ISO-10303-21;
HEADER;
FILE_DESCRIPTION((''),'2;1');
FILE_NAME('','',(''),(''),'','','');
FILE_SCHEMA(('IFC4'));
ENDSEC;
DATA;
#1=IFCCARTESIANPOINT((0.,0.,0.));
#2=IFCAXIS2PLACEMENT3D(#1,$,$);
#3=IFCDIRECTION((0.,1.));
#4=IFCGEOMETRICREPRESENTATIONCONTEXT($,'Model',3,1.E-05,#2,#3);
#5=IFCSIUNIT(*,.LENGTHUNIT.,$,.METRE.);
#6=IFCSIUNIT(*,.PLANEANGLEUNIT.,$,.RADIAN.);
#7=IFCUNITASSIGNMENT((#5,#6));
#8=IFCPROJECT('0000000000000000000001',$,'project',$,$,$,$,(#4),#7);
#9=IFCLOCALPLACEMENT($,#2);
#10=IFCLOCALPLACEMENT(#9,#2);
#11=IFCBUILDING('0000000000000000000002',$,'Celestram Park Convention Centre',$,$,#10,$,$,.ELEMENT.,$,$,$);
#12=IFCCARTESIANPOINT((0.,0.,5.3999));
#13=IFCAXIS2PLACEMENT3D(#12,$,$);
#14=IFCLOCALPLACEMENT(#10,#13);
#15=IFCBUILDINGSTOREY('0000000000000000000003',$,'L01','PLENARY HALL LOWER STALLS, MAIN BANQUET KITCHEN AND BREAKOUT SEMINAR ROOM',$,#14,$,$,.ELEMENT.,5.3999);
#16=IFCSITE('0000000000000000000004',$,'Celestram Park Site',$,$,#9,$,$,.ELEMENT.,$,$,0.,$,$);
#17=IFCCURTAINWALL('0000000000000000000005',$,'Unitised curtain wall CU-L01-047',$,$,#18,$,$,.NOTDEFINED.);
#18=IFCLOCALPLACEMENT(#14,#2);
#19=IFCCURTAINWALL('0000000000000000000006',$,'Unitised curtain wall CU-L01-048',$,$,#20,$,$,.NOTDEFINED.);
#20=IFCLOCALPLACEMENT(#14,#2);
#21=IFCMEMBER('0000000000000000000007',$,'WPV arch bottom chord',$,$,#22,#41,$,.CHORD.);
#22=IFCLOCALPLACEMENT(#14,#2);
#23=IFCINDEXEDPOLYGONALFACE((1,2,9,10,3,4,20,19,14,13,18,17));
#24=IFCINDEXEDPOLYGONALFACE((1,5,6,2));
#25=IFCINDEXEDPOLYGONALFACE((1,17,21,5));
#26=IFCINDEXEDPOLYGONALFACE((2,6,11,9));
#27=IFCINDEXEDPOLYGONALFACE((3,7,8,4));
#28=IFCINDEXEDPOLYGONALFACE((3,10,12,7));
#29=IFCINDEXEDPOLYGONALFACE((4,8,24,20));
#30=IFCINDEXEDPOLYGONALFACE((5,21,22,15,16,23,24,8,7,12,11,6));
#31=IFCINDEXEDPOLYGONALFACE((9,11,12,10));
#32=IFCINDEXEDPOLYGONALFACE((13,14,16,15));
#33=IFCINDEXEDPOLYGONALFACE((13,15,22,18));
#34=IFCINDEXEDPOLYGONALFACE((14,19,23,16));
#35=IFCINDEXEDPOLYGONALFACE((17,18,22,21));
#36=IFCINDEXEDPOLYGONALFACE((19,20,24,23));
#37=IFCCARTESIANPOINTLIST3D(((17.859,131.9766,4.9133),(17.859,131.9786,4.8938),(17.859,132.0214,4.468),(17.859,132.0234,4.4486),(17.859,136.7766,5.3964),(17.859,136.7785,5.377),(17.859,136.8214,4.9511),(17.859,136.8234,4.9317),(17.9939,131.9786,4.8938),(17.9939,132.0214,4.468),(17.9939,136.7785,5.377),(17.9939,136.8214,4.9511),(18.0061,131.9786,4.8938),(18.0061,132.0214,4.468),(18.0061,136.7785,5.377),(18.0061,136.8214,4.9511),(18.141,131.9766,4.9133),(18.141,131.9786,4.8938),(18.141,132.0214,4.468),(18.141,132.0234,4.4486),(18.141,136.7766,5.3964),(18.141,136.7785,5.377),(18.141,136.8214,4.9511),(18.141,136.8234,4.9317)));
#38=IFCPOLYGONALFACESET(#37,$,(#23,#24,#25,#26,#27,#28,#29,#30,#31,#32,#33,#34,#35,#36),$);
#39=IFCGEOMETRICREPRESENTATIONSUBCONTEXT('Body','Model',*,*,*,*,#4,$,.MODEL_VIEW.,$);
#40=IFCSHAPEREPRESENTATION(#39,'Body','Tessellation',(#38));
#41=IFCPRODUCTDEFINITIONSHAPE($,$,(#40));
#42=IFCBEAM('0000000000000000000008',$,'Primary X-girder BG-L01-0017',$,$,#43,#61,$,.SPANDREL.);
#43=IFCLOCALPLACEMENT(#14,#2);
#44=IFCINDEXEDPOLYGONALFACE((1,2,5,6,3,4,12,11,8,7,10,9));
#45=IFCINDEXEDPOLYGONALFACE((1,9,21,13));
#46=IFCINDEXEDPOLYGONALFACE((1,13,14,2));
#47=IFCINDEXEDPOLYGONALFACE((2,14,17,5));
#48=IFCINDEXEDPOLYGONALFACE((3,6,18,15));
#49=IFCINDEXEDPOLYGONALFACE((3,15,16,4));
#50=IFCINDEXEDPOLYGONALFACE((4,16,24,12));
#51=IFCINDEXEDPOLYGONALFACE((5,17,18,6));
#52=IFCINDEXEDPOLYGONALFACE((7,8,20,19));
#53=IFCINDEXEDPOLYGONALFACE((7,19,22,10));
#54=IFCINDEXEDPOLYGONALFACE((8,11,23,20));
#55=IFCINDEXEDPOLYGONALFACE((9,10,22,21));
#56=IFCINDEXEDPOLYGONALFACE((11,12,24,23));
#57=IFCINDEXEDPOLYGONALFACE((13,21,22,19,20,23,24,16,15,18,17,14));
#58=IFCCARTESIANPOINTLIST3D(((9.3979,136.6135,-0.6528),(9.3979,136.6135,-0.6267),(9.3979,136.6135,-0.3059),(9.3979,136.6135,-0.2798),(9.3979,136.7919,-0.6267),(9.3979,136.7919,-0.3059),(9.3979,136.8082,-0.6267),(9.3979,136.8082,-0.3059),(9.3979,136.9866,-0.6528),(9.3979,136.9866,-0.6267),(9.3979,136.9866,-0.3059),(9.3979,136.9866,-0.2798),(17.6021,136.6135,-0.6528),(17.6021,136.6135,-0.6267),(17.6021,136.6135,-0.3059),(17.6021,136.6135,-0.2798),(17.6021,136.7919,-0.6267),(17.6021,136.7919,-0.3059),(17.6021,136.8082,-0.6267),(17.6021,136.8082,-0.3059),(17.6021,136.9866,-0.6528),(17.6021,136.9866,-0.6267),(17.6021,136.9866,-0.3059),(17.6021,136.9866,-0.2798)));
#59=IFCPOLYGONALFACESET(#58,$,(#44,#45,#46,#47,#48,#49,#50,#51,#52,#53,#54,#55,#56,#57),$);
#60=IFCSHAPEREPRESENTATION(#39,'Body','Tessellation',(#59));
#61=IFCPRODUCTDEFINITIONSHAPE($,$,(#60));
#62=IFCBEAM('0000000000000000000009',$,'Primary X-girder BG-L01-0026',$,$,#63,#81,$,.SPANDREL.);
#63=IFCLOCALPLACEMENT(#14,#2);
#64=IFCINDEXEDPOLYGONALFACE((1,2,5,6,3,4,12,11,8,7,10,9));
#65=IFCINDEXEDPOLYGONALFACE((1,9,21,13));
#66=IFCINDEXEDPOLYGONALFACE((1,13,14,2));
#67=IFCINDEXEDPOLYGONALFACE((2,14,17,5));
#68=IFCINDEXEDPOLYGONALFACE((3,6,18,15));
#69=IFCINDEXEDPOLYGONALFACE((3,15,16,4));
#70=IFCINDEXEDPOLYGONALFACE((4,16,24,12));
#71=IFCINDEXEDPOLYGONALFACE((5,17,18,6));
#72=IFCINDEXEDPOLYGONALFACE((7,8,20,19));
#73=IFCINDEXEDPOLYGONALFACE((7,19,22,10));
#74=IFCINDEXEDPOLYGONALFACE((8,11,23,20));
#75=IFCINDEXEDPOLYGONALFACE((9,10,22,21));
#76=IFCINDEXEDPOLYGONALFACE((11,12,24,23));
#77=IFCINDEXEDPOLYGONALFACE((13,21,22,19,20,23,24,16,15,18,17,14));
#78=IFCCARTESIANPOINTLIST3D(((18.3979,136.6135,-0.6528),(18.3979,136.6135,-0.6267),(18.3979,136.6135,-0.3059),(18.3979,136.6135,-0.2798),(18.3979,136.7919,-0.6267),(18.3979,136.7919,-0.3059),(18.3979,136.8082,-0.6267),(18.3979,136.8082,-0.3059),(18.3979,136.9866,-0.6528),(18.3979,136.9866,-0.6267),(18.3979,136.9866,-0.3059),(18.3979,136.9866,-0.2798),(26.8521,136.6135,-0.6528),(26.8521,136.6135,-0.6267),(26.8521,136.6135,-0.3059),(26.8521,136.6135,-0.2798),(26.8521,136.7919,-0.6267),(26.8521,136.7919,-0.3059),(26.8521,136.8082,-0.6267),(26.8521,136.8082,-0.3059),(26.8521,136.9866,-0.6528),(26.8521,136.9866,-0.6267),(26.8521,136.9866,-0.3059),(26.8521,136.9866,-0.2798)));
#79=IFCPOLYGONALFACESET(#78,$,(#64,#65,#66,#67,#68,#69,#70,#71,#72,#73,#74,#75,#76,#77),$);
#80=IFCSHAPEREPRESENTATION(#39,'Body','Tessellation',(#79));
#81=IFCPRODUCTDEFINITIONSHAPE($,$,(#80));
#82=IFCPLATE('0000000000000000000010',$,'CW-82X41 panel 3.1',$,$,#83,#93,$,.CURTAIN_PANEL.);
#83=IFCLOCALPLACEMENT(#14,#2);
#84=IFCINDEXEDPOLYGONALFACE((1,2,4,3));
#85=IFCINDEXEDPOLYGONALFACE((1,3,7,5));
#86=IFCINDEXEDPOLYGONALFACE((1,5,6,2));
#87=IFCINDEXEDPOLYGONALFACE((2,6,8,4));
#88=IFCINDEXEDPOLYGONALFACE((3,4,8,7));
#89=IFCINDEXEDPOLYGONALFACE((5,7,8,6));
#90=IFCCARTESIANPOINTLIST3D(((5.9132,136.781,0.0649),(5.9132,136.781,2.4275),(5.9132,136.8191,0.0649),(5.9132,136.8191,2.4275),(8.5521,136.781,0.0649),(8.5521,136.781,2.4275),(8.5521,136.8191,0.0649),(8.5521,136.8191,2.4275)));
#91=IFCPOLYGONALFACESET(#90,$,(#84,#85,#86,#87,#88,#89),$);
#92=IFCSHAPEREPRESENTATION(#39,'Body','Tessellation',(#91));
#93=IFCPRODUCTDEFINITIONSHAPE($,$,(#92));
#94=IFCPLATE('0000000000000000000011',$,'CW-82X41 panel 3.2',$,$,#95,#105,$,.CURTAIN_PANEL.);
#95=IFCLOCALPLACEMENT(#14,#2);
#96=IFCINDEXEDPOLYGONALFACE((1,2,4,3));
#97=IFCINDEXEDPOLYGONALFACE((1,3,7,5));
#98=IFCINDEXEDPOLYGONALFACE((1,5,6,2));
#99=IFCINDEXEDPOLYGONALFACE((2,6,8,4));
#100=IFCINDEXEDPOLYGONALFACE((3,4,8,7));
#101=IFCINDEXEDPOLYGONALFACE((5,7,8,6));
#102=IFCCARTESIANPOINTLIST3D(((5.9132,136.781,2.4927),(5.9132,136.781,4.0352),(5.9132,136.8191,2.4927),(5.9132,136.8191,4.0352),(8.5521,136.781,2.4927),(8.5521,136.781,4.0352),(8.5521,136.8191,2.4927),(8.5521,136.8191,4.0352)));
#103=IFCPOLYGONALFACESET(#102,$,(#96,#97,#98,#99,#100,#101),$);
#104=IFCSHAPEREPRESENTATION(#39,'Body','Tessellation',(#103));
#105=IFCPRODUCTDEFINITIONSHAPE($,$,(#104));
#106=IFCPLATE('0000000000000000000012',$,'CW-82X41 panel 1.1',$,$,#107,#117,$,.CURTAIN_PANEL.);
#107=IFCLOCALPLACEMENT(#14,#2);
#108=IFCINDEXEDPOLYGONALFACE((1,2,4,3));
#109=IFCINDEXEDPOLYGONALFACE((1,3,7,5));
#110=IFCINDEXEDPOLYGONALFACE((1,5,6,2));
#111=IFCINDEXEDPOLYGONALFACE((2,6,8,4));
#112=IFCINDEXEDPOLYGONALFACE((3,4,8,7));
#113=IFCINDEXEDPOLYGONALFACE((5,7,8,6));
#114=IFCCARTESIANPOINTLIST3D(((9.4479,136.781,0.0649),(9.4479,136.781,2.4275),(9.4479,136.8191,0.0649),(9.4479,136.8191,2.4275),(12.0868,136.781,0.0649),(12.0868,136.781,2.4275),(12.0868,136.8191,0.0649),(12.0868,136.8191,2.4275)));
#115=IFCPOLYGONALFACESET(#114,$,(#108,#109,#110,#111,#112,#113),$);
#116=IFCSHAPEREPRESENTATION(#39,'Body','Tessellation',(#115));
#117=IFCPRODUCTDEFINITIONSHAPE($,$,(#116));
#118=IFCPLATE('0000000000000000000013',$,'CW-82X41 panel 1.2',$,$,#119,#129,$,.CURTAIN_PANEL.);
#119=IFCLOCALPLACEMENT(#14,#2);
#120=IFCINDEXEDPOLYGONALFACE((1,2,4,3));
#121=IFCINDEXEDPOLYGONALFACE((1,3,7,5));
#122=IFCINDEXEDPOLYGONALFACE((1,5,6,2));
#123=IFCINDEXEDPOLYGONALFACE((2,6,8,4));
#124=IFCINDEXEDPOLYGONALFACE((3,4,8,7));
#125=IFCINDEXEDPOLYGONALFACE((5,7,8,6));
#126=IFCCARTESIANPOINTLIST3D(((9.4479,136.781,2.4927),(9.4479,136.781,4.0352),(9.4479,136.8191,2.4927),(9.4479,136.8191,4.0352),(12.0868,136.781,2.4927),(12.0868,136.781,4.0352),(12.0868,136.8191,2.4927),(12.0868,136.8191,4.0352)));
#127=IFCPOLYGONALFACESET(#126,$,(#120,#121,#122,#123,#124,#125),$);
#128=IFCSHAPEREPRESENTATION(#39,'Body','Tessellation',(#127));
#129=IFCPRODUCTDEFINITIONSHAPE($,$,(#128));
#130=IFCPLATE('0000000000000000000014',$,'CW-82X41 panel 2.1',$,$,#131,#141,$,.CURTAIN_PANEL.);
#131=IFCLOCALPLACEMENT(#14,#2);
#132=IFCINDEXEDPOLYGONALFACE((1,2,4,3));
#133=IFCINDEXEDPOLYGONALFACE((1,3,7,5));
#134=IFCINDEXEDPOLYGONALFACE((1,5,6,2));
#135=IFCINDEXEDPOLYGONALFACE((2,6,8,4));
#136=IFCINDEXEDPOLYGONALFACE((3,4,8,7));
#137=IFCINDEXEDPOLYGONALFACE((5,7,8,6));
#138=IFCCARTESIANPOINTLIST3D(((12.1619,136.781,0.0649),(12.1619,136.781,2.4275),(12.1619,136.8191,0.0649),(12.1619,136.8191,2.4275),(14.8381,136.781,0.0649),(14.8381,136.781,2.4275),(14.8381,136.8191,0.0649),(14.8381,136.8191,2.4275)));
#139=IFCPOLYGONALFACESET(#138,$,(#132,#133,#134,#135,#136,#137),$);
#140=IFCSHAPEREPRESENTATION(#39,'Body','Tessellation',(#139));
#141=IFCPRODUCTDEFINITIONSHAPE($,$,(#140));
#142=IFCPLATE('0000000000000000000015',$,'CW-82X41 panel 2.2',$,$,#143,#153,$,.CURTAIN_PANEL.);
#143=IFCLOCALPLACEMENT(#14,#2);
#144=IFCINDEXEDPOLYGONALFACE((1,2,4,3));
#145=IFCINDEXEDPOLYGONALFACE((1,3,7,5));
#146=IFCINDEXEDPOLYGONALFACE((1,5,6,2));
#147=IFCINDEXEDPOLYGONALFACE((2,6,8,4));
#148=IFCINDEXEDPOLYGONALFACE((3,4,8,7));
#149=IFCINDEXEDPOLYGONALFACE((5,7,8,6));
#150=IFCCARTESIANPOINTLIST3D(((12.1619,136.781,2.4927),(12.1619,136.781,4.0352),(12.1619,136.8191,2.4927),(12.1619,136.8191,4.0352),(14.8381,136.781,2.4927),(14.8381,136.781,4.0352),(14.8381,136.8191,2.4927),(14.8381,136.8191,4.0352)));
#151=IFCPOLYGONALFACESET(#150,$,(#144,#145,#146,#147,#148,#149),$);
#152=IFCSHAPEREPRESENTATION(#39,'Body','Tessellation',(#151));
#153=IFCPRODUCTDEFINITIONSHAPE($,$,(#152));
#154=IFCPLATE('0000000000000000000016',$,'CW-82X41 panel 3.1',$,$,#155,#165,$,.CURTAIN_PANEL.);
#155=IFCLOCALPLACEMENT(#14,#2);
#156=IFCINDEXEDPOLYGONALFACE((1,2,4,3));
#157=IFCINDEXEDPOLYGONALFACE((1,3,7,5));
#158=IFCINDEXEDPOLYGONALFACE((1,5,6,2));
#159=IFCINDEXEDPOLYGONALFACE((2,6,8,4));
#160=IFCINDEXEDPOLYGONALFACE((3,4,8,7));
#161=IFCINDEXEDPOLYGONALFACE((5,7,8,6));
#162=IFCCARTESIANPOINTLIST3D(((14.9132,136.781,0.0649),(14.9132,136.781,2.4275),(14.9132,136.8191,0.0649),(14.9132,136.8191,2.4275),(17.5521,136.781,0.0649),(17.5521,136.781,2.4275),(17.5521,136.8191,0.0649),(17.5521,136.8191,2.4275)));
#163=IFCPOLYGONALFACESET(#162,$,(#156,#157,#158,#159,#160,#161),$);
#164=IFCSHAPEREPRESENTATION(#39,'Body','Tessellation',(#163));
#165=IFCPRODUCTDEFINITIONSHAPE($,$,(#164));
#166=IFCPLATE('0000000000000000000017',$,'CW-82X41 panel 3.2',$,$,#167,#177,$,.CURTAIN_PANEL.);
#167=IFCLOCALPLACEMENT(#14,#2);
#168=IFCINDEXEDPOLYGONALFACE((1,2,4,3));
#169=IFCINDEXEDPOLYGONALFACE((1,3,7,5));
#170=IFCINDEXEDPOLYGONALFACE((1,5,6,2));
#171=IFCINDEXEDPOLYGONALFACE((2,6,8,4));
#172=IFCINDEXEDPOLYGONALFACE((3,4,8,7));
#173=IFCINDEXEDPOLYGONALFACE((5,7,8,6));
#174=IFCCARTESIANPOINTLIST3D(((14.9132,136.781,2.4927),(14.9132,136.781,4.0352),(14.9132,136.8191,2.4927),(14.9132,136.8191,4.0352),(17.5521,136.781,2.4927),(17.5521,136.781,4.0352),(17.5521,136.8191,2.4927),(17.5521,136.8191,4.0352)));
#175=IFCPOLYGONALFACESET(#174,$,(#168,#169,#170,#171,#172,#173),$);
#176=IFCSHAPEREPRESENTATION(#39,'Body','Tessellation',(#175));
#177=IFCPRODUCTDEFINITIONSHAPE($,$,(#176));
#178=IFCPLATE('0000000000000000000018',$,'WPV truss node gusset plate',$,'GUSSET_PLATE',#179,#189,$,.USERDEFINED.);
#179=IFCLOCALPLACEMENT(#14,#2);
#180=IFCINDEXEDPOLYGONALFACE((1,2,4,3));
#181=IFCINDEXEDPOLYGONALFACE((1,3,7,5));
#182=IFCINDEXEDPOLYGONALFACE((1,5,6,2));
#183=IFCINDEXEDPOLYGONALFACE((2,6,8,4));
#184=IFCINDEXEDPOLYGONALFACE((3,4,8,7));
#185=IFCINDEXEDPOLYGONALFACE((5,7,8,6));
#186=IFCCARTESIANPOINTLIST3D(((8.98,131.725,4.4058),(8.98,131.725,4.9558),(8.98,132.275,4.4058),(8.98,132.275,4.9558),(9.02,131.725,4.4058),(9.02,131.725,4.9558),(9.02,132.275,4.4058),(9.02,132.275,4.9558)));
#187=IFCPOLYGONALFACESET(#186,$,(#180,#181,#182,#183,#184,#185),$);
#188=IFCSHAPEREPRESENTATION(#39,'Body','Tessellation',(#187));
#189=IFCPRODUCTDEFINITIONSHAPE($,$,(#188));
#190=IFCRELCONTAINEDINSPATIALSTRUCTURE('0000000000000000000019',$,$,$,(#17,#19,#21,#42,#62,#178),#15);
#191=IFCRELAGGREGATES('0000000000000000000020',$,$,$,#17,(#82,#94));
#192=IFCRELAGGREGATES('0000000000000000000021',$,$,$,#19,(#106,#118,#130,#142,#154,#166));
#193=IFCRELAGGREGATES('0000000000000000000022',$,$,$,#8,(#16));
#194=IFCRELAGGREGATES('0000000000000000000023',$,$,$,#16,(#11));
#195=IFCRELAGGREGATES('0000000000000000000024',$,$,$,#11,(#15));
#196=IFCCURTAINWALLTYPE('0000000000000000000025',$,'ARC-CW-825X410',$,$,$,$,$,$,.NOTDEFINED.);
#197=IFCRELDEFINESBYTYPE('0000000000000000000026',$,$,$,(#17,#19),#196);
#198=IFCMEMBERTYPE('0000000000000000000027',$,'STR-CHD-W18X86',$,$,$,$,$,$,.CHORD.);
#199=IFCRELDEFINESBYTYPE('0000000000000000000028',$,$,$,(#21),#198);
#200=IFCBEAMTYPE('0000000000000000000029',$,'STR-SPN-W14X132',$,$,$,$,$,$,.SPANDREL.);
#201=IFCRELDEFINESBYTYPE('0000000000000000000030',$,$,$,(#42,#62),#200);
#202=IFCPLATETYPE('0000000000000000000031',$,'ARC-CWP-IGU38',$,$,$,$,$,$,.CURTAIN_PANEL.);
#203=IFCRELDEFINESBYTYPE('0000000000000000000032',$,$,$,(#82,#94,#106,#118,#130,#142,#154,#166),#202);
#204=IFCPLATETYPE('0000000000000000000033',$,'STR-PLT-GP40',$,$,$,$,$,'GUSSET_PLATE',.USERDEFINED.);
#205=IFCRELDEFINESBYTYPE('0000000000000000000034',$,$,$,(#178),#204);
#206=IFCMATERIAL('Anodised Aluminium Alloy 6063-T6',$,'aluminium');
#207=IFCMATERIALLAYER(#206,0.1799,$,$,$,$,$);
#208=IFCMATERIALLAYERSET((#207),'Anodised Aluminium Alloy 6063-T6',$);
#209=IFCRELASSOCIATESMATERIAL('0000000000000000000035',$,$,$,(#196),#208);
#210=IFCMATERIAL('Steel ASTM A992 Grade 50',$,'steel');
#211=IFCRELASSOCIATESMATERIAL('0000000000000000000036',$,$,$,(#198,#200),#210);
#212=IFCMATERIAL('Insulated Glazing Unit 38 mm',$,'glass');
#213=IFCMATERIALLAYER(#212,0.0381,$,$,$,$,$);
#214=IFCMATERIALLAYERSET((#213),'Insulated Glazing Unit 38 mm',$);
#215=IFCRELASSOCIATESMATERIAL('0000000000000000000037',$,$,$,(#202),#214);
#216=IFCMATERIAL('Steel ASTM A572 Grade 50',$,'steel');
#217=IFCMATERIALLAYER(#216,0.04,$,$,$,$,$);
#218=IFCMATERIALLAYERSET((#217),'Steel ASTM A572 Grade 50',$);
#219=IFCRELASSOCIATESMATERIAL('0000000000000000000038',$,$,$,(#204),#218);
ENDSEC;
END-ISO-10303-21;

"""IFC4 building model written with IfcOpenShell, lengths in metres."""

from ifc_helpers import new_model, si_unit, direction, frame, origin, origin_2d, place, context, subcontext, project, spatial, rectangle, i_section, extrude, material, layer, layer_set, material_profile, profile_set, type_object, element, aggregate, save


model = new_model("IFC4")

# Units and contexts
model_context = context("Model", 3, precision=1e-05, world=origin(), true_north=direction((0.0, 1.0)))
body_context = subcontext(model_context, "Body", "Model", "MODEL_VIEW")
ifc_project = project(units=[si_unit("LENGTHUNIT", "METRE"), si_unit("PLANEANGLEUNIT", "RADIAN")], contexts=[model_context])

# Site, building, storey
site_placement = place(None, origin())
site = spatial("IfcSite", under=ifc_project, at=site_placement, Name="Celestram Park Site", CompositionType="ELEMENT", RefElevation=0.0)
building_placement = place(site_placement, origin())
building = spatial("IfcBuilding", under=site, at=building_placement, Name="Celestram Park Convention Centre", CompositionType="ELEMENT")
storey_placement = place(building_placement, frame((0.0, 0.0, 5.3999)))
storey = spatial("IfcBuildingStorey", under=building, at=storey_placement, Name="L01", Description="PLENARY HALL LOWER STALLS, MAIN BANQUET KITCHEN AND BREAKOUT SEMINAR ROOM", CompositionType="ELEMENT", Elevation=5.3999)

# Curtain wall
ifc_material_1 = material(Name="Anodised Aluminium Alloy 6063-T6", Category="aluminium")
ifc_layer_1 = layer(ifc_material_1, 0.1799)
ifc_layer_set_1 = layer_set([ifc_layer_1], Name="Anodised Aluminium Alloy 6063-T6")
curtain_wall_type = type_object("IfcCurtainWallType", Name="ARC-CW-825X410", PredefinedType="NOTDEFINED", material=ifc_layer_set_1)
curtain_wall_1_placement = place(storey_placement, origin())
curtain_wall_1 = element("IfcCurtainWall", 1, at=curtain_wall_1_placement, inside=storey, type_object=curtain_wall_type, Name="Unitised curtain wall CU-L01-047", PredefinedType="NOTDEFINED")

# Curtain wall
curtain_wall_2_placement = place(storey_placement, origin())
curtain_wall_2 = element("IfcCurtainWall", 2, at=curtain_wall_2_placement, inside=storey, type_object=curtain_wall_type, Name="Unitised curtain wall CU-L01-048", PredefinedType="NOTDEFINED")

# Shared definitions
ifc_material_2 = material(Name="Steel ASTM A992 Grade 50", Category="steel")

# Member
ifc_material_profile_1 = material_profile(ifc_material_2, i_section(OverallWidth=0.282, OverallDepth=0.467, WebThickness=0.0122, FlangeThickness=0.0195, at=origin_2d()), Name="W18X86")
ifc_profile_set_1 = profile_set([ifc_material_profile_1], Name="Steel ASTM A992 Grade 50")
member_type_1 = type_object("IfcMemberType", Name="STR-CHD-W18X86", PredefinedType="CHORD", material=ifc_profile_set_1)
for number, where, z_axis, x_axis, name in (
    (3, (18.0, 132.0, 4.6809), (0.0, 0.994972, 0.10015), (-1.0, 0.0, 0.0), "WPV arch bottom chord"),
):
    element("IfcMember", number, at=place(storey_placement, frame(where, z_axis=z_axis, x_axis=x_axis)), inside=storey, type_object=member_type_1, Name=name, PredefinedType="CHORD", context=body_context, shape_type="SweptSolid", body=[
        extrude(i_section(OverallWidth=0.282, OverallDepth=0.467, WebThickness=0.0122, FlangeThickness=0.0195, at=origin_2d()), origin(), (0.0, 0.0, 1.0), 4.8242),
    ])

# Beams
ifc_material_profile_2 = material_profile(ifc_material_2, i_section(OverallWidth=0.373, OverallDepth=0.373, WebThickness=0.0164, FlangeThickness=0.0261, at=origin_2d()), Name="W14X132")
ifc_profile_set_2 = profile_set([ifc_material_profile_2], Name="Steel ASTM A992 Grade 50")
beam_type_1 = type_object("IfcBeamType", Name="STR-SPN-W14X132", PredefinedType="SPANDREL", material=ifc_profile_set_2)
beam_1_placement = place(storey_placement, frame((9.3979, 136.8, -0.4663), z_axis=(1.0, 0.0, 0.0), x_axis=(0.0, 1.0, 0.0)))
element("IfcBeam", 4, at=beam_1_placement, inside=storey, type_object=beam_type_1, Name="Primary X-girder BG-L01-0017", PredefinedType="SPANDREL", context=body_context, shape_type="SweptSolid", body=[
    extrude(i_section(OverallWidth=0.373, OverallDepth=0.373, WebThickness=0.0164, FlangeThickness=0.0261, at=origin_2d()), origin(), (0.0, 0.0, 1.0), 8.2041),
])
beam_2_placement = place(storey_placement, frame((18.3979, 136.8, -0.4663), z_axis=(1.0, 0.0, 0.0), x_axis=(0.0, 1.0, 0.0)))
element("IfcBeam", 5, at=beam_2_placement, inside=storey, type_object=beam_type_1, Name="Primary X-girder BG-L01-0026", PredefinedType="SPANDREL", context=body_context, shape_type="SweptSolid", body=[
    extrude(i_section(OverallWidth=0.373, OverallDepth=0.373, WebThickness=0.0164, FlangeThickness=0.0261, at=origin_2d()), origin(), (0.0, 0.0, 1.0), 8.4541),
])

# Plates
ifc_material_3 = material(Name="Insulated Glazing Unit 38 mm", Category="glass")
ifc_layer_2 = layer(ifc_material_3, 0.0381)
ifc_layer_set_2 = layer_set([ifc_layer_2], Name="Insulated Glazing Unit 38 mm")
plate_type_1 = type_object("IfcPlateType", Name="ARC-CWP-IGU38", PredefinedType="CURTAIN_PANEL", material=ifc_layer_set_2)
plate_1_placement = place(storey_placement, frame((7.2327, 136.8, 0.0649), z_axis=(0.0, 0.0, 1.0), x_axis=(1.0, 0.0, 0.0)))
plate_1 = element("IfcPlate", 6, at=plate_1_placement, type_object=plate_type_1, Name="CW-82X41 panel 3.1", PredefinedType="CURTAIN_PANEL", context=body_context, shape_type="SweptSolid", body=[
    extrude(rectangle(XDim=2.6389, YDim=0.0381, at=origin_2d()), origin(), (0.0, 0.0, 1.0), 2.3625),
])
plate_2_placement = place(storey_placement, frame((7.2327, 136.8, 2.4927), z_axis=(0.0, 0.0, 1.0), x_axis=(1.0, 0.0, 0.0)))
plate_2 = element("IfcPlate", 7, at=plate_2_placement, type_object=plate_type_1, Name="CW-82X41 panel 3.2", PredefinedType="CURTAIN_PANEL", context=body_context, shape_type="SweptSolid", body=[
    extrude(rectangle(XDim=2.6389, YDim=0.0381, at=origin_2d()), origin(), (0.0, 0.0, 1.0), 1.5425),
])
aggregate(curtain_wall_1, [plate_1, plate_2])
plate_3_placement = place(storey_placement, frame((10.7673, 136.8, 0.0649), z_axis=(0.0, 0.0, 1.0), x_axis=(1.0, 0.0, 0.0)))
plate_3 = element("IfcPlate", 8, at=plate_3_placement, type_object=plate_type_1, Name="CW-82X41 panel 1.1", PredefinedType="CURTAIN_PANEL", context=body_context, shape_type="SweptSolid", body=[
    extrude(rectangle(XDim=2.6389, YDim=0.0381, at=origin_2d()), origin(), (0.0, 0.0, 1.0), 2.3625),
])
plate_4_placement = place(storey_placement, frame((10.7673, 136.8, 2.4927), z_axis=(0.0, 0.0, 1.0), x_axis=(1.0, 0.0, 0.0)))
plate_4 = element("IfcPlate", 9, at=plate_4_placement, type_object=plate_type_1, Name="CW-82X41 panel 1.2", PredefinedType="CURTAIN_PANEL", context=body_context, shape_type="SweptSolid", body=[
    extrude(rectangle(XDim=2.6389, YDim=0.0381, at=origin_2d()), origin(), (0.0, 0.0, 1.0), 1.5425),
])
plate_5_placement = place(storey_placement, frame((13.5, 136.8, 0.0649), z_axis=(0.0, 0.0, 1.0), x_axis=(1.0, 0.0, 0.0)))
plate_5 = element("IfcPlate", 10, at=plate_5_placement, type_object=plate_type_1, Name="CW-82X41 panel 2.1", PredefinedType="CURTAIN_PANEL", context=body_context, shape_type="SweptSolid", body=[
    extrude(rectangle(XDim=2.6763, YDim=0.0381, at=origin_2d()), origin(), (0.0, 0.0, 1.0), 2.3625),
])
plate_6_placement = place(storey_placement, frame((13.5, 136.8, 2.4927), z_axis=(0.0, 0.0, 1.0), x_axis=(1.0, 0.0, 0.0)))
plate_6 = element("IfcPlate", 11, at=plate_6_placement, type_object=plate_type_1, Name="CW-82X41 panel 2.2", PredefinedType="CURTAIN_PANEL", context=body_context, shape_type="SweptSolid", body=[
    extrude(rectangle(XDim=2.6763, YDim=0.0381, at=origin_2d()), origin(), (0.0, 0.0, 1.0), 1.5425),
])
plate_7_placement = place(storey_placement, frame((16.2327, 136.8, 0.0649), z_axis=(0.0, 0.0, 1.0), x_axis=(1.0, 0.0, 0.0)))
plate_7 = element("IfcPlate", 12, at=plate_7_placement, type_object=plate_type_1, Name="CW-82X41 panel 3.1", PredefinedType="CURTAIN_PANEL", context=body_context, shape_type="SweptSolid", body=[
    extrude(rectangle(XDim=2.6389, YDim=0.0381, at=origin_2d()), origin(), (0.0, 0.0, 1.0), 2.3625),
])
plate_8_placement = place(storey_placement, frame((16.2327, 136.8, 2.4927), z_axis=(0.0, 0.0, 1.0), x_axis=(1.0, 0.0, 0.0)))
plate_8 = element("IfcPlate", 13, at=plate_8_placement, type_object=plate_type_1, Name="CW-82X41 panel 3.2", PredefinedType="CURTAIN_PANEL", context=body_context, shape_type="SweptSolid", body=[
    extrude(rectangle(XDim=2.6389, YDim=0.0381, at=origin_2d()), origin(), (0.0, 0.0, 1.0), 1.5425),
])
aggregate(curtain_wall_2, [plate_3, plate_4, plate_5, plate_6, plate_7, plate_8])

# Plate
ifc_material_4 = material(Name="Steel ASTM A572 Grade 50", Category="steel")
ifc_layer_3 = layer(ifc_material_4, 0.04)
ifc_layer_set_3 = layer_set([ifc_layer_3], Name="Steel ASTM A572 Grade 50")
plate_type_2 = type_object("IfcPlateType", Name="STR-PLT-GP40", ElementType="GUSSET_PLATE", PredefinedType="USERDEFINED", material=ifc_layer_set_3)
for number, where, z_axis, x_axis, name in (
    (14, (9.0, 132.0, 4.4058), (0.0, 0.0, 1.0), (0.0, 1.0, 0.0), "WPV truss node gusset plate"),
):
    element("IfcPlate", number, at=place(storey_placement, frame(where, z_axis=z_axis, x_axis=x_axis)), inside=storey, type_object=plate_type_2, Name=name, ObjectType="GUSSET_PLATE", PredefinedType="USERDEFINED", context=body_context, shape_type="SweptSolid", body=[
        extrude(rectangle(XDim=0.55, YDim=0.04, at=origin_2d()), origin(), (0.0, 0.0, 1.0), 0.55),
    ])

save(model, "model.ifc")
